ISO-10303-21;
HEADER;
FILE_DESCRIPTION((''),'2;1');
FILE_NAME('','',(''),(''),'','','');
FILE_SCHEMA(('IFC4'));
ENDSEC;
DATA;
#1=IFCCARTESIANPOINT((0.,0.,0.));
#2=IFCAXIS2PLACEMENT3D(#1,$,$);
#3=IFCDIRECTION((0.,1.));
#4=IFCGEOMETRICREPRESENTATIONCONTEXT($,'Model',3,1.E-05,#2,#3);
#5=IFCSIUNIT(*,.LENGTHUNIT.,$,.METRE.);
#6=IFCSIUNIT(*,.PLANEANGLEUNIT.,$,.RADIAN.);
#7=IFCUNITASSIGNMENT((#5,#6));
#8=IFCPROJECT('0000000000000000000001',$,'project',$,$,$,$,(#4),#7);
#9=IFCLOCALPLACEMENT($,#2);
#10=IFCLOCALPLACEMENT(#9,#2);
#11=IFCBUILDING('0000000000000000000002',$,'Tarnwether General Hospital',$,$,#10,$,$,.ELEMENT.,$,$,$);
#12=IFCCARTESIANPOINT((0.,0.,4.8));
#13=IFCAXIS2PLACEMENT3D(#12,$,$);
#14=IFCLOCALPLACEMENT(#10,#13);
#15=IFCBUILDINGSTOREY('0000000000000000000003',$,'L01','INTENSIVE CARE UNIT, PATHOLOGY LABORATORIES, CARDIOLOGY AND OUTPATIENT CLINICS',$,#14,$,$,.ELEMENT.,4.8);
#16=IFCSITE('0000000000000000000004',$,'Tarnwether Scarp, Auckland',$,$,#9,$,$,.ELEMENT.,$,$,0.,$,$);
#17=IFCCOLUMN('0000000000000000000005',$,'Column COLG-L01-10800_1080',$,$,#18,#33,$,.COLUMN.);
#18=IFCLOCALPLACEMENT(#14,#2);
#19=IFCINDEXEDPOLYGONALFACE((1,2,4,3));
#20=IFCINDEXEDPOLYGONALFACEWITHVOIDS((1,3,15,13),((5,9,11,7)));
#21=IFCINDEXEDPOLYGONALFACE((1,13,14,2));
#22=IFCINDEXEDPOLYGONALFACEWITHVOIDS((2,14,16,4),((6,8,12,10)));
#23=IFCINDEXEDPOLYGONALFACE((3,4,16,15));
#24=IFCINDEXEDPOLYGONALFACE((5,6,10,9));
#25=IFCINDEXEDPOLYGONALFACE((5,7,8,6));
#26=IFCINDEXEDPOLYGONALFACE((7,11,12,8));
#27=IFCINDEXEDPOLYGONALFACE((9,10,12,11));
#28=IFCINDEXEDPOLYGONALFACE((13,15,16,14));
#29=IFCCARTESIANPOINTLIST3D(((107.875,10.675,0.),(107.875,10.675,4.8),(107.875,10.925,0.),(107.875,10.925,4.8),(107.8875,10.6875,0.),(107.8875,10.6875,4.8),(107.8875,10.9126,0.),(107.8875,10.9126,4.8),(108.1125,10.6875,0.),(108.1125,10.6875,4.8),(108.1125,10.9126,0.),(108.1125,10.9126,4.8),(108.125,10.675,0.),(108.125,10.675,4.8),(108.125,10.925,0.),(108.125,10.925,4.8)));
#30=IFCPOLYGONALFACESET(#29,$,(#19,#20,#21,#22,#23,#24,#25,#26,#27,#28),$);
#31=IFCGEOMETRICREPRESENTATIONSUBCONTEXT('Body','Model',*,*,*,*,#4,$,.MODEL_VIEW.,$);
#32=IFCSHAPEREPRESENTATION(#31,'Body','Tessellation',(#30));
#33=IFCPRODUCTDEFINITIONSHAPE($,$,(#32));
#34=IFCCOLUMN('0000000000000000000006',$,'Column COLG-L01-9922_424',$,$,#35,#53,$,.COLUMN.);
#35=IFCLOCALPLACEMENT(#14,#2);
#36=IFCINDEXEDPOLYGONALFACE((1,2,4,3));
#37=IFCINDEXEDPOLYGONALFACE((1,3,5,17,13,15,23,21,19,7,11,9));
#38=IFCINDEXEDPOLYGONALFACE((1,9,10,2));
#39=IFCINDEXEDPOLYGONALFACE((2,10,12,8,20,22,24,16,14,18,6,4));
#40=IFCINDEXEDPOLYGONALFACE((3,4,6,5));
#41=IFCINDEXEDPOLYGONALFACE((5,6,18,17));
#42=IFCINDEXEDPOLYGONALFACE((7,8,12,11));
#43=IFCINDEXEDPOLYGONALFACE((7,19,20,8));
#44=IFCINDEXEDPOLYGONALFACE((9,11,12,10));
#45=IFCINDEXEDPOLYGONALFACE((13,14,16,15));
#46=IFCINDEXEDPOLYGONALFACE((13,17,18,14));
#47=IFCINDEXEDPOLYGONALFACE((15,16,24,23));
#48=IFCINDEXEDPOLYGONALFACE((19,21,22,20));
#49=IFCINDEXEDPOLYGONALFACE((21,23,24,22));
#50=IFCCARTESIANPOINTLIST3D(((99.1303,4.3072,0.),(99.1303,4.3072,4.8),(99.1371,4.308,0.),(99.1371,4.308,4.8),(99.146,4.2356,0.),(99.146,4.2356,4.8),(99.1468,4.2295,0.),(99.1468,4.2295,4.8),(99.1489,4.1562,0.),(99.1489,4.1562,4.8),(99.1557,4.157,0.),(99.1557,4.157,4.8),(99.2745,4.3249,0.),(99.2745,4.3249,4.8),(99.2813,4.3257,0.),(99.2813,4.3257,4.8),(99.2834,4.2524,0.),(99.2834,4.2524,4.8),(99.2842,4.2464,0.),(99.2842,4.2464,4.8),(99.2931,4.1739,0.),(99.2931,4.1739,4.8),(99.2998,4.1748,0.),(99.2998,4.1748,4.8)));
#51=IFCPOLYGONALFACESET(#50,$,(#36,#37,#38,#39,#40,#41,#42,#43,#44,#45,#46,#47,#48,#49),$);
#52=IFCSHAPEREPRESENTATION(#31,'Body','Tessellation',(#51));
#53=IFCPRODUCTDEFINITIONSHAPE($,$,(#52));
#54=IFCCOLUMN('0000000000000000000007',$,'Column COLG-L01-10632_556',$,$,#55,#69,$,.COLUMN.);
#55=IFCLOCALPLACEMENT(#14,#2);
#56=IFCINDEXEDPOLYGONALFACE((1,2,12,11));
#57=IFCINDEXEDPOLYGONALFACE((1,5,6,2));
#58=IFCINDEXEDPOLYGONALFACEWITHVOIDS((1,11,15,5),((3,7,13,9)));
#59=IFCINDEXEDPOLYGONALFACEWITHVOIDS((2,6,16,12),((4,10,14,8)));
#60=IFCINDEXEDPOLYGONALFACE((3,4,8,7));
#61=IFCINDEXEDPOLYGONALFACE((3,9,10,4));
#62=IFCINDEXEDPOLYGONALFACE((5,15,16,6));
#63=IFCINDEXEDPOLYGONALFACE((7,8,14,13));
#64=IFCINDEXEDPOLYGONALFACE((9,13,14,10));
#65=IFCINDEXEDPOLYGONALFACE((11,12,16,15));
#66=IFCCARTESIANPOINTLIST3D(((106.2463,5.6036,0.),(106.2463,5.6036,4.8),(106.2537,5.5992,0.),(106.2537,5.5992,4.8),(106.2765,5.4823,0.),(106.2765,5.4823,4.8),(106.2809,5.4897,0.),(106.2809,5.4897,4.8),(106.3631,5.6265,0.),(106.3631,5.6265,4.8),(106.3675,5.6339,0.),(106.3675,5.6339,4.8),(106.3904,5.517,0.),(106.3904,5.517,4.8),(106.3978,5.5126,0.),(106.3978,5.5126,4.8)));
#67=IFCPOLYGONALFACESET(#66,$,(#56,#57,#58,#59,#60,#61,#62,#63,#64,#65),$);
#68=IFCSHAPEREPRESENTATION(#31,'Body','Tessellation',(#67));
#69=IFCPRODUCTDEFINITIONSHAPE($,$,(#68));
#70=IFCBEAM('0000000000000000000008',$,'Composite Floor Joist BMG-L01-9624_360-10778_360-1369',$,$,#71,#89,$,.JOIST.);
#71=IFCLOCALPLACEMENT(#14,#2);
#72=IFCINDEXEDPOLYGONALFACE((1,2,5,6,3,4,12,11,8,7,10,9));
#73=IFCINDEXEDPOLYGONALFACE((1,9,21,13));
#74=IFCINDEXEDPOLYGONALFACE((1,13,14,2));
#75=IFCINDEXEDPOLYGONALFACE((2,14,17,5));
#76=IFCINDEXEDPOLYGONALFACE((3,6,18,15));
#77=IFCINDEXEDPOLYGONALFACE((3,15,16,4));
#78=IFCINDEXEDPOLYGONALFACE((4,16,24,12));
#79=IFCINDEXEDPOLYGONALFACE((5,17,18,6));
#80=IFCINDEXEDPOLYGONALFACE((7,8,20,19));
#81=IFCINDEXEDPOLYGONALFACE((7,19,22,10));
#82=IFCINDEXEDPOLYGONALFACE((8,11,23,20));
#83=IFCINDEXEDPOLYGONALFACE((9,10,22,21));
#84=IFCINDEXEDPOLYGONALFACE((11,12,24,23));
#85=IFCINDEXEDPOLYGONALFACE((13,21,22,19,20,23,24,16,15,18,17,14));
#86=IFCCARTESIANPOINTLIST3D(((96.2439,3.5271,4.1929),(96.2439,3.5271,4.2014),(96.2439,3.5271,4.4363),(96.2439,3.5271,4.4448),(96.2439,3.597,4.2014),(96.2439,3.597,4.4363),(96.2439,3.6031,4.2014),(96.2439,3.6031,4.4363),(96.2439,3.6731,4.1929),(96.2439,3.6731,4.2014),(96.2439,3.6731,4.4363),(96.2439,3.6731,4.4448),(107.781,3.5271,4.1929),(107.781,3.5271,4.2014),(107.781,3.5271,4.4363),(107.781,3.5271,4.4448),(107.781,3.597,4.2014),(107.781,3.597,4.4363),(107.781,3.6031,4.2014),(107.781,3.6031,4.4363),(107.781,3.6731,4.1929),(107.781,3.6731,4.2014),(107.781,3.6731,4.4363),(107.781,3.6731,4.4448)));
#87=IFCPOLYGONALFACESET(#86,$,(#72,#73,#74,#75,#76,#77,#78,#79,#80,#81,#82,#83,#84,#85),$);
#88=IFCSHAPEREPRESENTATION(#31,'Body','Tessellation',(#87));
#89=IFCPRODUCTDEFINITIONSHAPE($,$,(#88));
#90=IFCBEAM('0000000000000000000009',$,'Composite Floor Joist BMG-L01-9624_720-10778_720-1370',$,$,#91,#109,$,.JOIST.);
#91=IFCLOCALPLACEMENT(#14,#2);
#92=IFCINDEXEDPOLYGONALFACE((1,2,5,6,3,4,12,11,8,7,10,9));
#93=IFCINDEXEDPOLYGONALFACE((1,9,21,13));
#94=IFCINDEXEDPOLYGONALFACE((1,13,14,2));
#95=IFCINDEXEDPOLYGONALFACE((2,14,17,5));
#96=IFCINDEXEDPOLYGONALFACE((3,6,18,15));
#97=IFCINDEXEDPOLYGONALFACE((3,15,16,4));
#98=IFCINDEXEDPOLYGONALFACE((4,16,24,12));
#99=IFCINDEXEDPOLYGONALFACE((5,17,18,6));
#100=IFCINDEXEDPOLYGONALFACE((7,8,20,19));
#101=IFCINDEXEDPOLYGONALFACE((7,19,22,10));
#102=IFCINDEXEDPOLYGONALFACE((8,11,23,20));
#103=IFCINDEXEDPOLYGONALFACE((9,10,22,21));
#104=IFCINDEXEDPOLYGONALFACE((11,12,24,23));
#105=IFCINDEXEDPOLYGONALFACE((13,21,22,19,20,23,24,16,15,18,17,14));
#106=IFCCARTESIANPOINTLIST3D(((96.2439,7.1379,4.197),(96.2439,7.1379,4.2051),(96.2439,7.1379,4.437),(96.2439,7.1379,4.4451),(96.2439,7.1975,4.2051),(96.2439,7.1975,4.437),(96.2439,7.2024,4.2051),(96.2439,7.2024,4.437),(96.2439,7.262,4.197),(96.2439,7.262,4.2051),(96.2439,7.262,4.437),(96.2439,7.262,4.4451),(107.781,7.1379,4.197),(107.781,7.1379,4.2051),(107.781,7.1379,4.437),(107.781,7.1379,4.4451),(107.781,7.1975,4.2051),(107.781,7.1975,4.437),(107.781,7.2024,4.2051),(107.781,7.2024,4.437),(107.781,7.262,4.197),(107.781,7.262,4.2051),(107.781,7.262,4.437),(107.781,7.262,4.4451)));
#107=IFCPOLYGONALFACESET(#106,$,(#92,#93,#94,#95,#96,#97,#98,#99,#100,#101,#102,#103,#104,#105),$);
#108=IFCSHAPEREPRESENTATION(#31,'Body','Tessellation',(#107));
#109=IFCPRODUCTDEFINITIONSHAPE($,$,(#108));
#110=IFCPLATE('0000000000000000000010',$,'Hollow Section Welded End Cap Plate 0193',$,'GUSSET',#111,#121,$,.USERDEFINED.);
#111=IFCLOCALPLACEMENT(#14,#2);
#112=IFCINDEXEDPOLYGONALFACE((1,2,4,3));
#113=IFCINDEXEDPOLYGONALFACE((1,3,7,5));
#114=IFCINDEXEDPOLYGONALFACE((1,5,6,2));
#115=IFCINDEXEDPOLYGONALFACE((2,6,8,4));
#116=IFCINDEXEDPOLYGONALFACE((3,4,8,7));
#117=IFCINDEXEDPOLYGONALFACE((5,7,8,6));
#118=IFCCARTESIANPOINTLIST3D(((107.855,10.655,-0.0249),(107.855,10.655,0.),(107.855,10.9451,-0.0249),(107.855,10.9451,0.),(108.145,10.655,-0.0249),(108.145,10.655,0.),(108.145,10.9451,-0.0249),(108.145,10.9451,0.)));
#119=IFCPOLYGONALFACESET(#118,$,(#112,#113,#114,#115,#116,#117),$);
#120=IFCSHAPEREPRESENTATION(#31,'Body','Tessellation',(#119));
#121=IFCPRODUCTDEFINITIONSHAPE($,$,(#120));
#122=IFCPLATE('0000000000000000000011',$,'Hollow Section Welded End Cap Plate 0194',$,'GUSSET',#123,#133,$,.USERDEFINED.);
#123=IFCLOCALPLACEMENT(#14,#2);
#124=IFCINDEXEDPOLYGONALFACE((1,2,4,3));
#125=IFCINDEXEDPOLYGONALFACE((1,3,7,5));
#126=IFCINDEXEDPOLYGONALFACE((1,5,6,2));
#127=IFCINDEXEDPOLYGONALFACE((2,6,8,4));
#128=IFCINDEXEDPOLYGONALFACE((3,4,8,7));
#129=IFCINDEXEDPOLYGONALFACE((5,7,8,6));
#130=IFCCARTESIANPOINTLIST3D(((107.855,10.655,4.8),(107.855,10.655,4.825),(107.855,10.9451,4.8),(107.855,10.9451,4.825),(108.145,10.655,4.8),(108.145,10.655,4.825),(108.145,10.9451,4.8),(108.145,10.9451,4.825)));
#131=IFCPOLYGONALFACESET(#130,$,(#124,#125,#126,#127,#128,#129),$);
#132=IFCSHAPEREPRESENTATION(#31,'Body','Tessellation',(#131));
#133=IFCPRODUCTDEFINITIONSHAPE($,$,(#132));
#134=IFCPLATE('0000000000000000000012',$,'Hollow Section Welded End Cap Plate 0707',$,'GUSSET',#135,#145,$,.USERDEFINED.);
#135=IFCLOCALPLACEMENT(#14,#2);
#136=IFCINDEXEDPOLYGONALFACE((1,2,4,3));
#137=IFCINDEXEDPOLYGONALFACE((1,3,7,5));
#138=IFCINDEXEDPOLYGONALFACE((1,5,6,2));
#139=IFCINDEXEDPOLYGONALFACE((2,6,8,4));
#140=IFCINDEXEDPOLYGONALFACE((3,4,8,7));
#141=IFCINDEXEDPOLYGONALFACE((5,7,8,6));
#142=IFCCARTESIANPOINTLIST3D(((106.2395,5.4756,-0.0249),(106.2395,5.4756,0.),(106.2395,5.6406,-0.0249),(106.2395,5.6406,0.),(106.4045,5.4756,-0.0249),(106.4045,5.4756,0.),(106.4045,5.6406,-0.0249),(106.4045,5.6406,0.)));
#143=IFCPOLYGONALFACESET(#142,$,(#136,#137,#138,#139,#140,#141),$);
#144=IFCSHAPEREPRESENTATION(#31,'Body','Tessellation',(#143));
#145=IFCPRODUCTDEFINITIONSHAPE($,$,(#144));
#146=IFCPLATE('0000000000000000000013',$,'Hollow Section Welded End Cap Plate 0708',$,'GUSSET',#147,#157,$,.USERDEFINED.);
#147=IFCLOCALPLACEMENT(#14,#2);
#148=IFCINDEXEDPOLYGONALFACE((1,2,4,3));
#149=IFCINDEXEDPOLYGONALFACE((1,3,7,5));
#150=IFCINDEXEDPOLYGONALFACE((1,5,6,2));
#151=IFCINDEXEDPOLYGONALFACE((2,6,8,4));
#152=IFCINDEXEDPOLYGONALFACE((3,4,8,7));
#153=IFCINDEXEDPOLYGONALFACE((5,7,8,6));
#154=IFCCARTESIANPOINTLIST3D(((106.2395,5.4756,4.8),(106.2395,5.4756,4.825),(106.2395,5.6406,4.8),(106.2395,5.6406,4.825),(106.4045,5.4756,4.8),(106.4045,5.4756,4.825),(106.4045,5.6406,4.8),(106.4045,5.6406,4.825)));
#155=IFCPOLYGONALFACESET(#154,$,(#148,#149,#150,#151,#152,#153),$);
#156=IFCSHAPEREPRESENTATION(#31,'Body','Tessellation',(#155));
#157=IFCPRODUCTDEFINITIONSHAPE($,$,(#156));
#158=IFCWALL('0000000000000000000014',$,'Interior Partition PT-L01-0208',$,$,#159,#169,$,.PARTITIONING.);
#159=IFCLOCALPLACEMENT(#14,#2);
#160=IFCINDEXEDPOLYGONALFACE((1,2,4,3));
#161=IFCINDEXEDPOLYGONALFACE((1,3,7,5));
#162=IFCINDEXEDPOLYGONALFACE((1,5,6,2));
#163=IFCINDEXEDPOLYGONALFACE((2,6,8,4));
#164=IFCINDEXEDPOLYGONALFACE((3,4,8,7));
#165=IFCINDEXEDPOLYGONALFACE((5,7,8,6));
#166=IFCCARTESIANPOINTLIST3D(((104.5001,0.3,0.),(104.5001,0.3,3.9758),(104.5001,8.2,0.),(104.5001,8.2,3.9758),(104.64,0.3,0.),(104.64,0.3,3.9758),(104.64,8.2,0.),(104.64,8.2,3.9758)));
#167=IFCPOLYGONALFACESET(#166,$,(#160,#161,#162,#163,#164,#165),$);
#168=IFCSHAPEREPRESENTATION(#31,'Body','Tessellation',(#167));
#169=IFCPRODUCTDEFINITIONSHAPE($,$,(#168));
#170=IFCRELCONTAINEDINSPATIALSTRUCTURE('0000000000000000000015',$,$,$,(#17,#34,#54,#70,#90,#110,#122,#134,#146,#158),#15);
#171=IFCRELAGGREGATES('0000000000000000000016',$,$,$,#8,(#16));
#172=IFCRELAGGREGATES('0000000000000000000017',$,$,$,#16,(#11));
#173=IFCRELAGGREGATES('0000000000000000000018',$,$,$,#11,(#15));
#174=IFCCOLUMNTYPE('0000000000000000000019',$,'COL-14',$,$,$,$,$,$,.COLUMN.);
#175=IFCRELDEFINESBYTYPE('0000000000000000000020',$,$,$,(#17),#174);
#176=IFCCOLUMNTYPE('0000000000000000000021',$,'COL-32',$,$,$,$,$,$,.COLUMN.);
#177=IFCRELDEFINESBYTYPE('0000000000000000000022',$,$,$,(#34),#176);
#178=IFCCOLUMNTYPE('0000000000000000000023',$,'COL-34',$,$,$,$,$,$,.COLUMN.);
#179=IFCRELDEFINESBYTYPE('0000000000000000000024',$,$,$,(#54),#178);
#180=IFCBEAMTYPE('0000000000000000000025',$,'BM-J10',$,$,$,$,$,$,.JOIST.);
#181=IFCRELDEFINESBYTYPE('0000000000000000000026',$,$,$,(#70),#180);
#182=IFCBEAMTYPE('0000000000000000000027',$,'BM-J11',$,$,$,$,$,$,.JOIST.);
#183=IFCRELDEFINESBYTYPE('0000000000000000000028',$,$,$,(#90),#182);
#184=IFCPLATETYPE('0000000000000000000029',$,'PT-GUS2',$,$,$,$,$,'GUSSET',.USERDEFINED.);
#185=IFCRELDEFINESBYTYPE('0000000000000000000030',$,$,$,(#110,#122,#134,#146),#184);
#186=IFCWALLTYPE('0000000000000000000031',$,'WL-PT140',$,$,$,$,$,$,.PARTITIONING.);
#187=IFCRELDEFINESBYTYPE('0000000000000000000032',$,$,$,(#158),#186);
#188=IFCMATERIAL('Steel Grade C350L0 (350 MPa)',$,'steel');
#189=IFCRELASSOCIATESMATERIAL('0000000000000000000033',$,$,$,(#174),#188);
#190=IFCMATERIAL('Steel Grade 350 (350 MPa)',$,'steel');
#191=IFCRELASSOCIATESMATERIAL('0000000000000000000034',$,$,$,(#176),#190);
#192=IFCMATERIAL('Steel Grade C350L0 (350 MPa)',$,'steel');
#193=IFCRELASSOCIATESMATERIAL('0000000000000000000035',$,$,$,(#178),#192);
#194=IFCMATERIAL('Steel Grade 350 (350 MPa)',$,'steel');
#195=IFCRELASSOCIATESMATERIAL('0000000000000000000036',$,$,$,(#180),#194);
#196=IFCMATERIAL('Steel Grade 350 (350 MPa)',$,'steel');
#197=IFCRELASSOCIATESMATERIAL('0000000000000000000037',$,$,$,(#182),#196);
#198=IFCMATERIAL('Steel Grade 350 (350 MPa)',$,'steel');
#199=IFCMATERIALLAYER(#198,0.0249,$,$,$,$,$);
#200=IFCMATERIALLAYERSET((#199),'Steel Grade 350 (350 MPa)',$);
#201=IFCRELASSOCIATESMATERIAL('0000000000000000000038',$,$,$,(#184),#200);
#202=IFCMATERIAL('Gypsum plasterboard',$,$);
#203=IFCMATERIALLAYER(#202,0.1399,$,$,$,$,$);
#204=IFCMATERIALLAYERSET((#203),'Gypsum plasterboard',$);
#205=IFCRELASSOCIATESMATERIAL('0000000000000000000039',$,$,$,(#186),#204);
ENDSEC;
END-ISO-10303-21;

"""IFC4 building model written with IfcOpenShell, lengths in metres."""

from ifc_helpers import new_model, si_unit, direction, frame, frame_2d, origin, origin_2d, place, context, subcontext, project, spatial, rectangle, hollow_rectangle, i_section, extrude, material, layer, layer_set, material_profile, profile_set, type_object, element, save


model = new_model("IFC4")

# Units and contexts
model_context = context("Model", 3, precision=1e-05, world=origin(), true_north=direction((0.0, 1.0)))
body_context = subcontext(model_context, "Body", "Model", "MODEL_VIEW")
ifc_project = project(units=[si_unit("LENGTHUNIT", "METRE"), si_unit("PLANEANGLEUNIT", "RADIAN")], contexts=[model_context])

# Site, building, storey
site_placement = place(None, origin())
site = spatial("IfcSite", under=ifc_project, at=site_placement, Name="Tarnwether Scarp, Auckland", CompositionType="ELEMENT", RefElevation=0.0)
building_placement = place(site_placement, origin())
building = spatial("IfcBuilding", under=site, at=building_placement, Name="Tarnwether General Hospital", CompositionType="ELEMENT")
storey_placement = place(building_placement, frame((0.0, 0.0, 4.8)))
storey = spatial("IfcBuildingStorey", under=building, at=storey_placement, Name="L01", Description="INTENSIVE CARE UNIT, PATHOLOGY LABORATORIES, CARDIOLOGY AND OUTPATIENT CLINICS", CompositionType="ELEMENT", Elevation=4.8)

# Columns
ifc_material_1 = material(Name="Steel Grade C350L0 (350 MPa)", Category="steel")
ifc_material_profile_1 = material_profile(ifc_material_1, hollow_rectangle(XDim=0.25, YDim=0.25, WallThickness=0.0125, at=origin_2d()), Name="SHS250x250x12.5")
ifc_profile_set_1 = profile_set([ifc_material_profile_1], Name="Steel Grade C350L0 (350 MPa)")
column_type_1 = type_object("IfcColumnType", Name="COL-14", PredefinedType="COLUMN", material=ifc_profile_set_1)
column_1_placement = place(storey_placement, frame((108.0, 10.8, 0.0), z_axis=(0.0, 0.0, 1.0), x_axis=(0.0, 1.0, 0.0)))
element("IfcColumn", 1, at=column_1_placement, inside=storey, type_object=column_type_1, Name="Column COLG-L01-10800_1080", PredefinedType="COLUMN", context=body_context, shape_type="SweptSolid", body=[
    extrude(hollow_rectangle(XDim=0.25, YDim=0.25, WallThickness=0.0125, at=origin_2d()), origin(), (0.0, 0.0, 1.0), 4.8),
])
ifc_material_2 = material(Name="Steel Grade 350 (350 MPa)", Category="steel")
ifc_material_profile_2 = material_profile(ifc_material_2, i_section(OverallWidth=0.1521, OverallDepth=0.1521, WebThickness=0.0061, FlangeThickness=0.0068, at=origin_2d()), Name="150UC23.4")
ifc_profile_set_2 = profile_set([ifc_material_profile_2], Name="Steel Grade 350 (350 MPa)")
column_type_2 = type_object("IfcColumnType", Name="COL-32", PredefinedType="COLUMN", material=ifc_profile_set_2)
column_2_placement = place(storey_placement, frame((99.2151, 4.241, 0.0), z_axis=(0.0, 0.0, 1.0), x_axis=(-0.121869, 0.992546, 0.0)))
element("IfcColumn", 2, at=column_2_placement, inside=storey, type_object=column_type_2, Name="Column COLG-L01-9922_424", PredefinedType="COLUMN", context=body_context, shape_type="SweptSolid", body=[
    extrude(i_section(OverallWidth=0.1521, OverallDepth=0.1521, WebThickness=0.0061, FlangeThickness=0.0068, at=origin_2d()), origin(), (0.0, 0.0, 1.0), 4.8),
])
ifc_material_3 = material(Name="Steel Grade C350L0 (350 MPa)", Category="steel")
ifc_material_profile_3 = material_profile(ifc_material_3, hollow_rectangle(XDim=0.125, YDim=0.125, WallThickness=0.0061, at=origin_2d()), Name="SHS125x125x6")
ifc_profile_set_3 = profile_set([ifc_material_profile_3], Name="Steel Grade C350L0 (350 MPa)")
column_type_3 = type_object("IfcColumnType", Name="COL-34", PredefinedType="COLUMN", material=ifc_profile_set_3)
column_3_placement = place(storey_placement, frame((106.322, 5.5581, 0.0), z_axis=(0.0, 0.0, 1.0), x_axis=(-0.241922, 0.970296, 0.0)))
element("IfcColumn", 3, at=column_3_placement, inside=storey, type_object=column_type_3, Name="Column COLG-L01-10632_556", PredefinedType="COLUMN", context=body_context, shape_type="SweptSolid", body=[
    extrude(hollow_rectangle(XDim=0.125, YDim=0.125, WallThickness=0.0061, at=origin_2d()), origin(), (0.0, 0.0, 1.0), 4.8),
])

# Beams
ifc_material_4 = material(Name="Steel Grade 350 (350 MPa)", Category="steel")
ifc_material_profile_4 = material_profile(ifc_material_4, i_section(OverallWidth=0.146, OverallDepth=0.252, WebThickness=0.0061, FlangeThickness=0.0085, at=origin_2d()), Name="250UB31.4")
ifc_profile_set_4 = profile_set([ifc_material_profile_4], Name="Steel Grade 350 (350 MPa)")
beam_type_1 = type_object("IfcBeamType", Name="BM-J10", PredefinedType="JOIST", material=ifc_profile_set_4)
beam_1_placement = place(storey_placement, frame((96.2439, 3.6001, 4.3188), z_axis=(1.0, 0.0, 0.0), x_axis=(0.0, 1.0, 0.0)))
element("IfcBeam", 4, at=beam_1_placement, inside=storey, type_object=beam_type_1, Name="Composite Floor Joist BMG-L01-9624_360-10778_360-1369", PredefinedType="JOIST", context=body_context, shape_type="SweptSolid", body=[
    extrude(i_section(OverallWidth=0.146, OverallDepth=0.252, WebThickness=0.0061, FlangeThickness=0.0085, at=origin_2d()), origin(), (0.0, 0.0, 1.0), 11.5371),
])
ifc_material_5 = material(Name="Steel Grade 350 (350 MPa)", Category="steel")
ifc_material_profile_5 = material_profile(ifc_material_5, i_section(OverallWidth=0.124, OverallDepth=0.248, WebThickness=0.0049, FlangeThickness=0.0081, at=origin_2d()), Name="250UB25.7")
ifc_profile_set_5 = profile_set([ifc_material_profile_5], Name="Steel Grade 350 (350 MPa)")
beam_type_2 = type_object("IfcBeamType", Name="BM-J11", PredefinedType="JOIST", material=ifc_profile_set_5)
beam_2_placement = place(storey_placement, frame((96.2439, 7.2, 4.321), z_axis=(1.0, 0.0, 0.0), x_axis=(0.0, 1.0, 0.0)))
element("IfcBeam", 5, at=beam_2_placement, inside=storey, type_object=beam_type_2, Name="Composite Floor Joist BMG-L01-9624_720-10778_720-1370", PredefinedType="JOIST", context=body_context, shape_type="SweptSolid", body=[
    extrude(i_section(OverallWidth=0.124, OverallDepth=0.248, WebThickness=0.0049, FlangeThickness=0.0081, at=origin_2d()), origin(), (0.0, 0.0, 1.0), 11.5371),
])

# Plates
ifc_material_6 = material(Name="Steel Grade 350 (350 MPa)", Category="steel")
ifc_layer_1 = layer(ifc_material_6, 0.0249)
ifc_layer_set_1 = layer_set([ifc_layer_1], Name="Steel Grade 350 (350 MPa)")
plate_type = type_object("IfcPlateType", Name="PT-GUS2", ElementType="GUSSET", PredefinedType="USERDEFINED", material=ifc_layer_set_1)
for number, where, z_axis, x_axis, name in (
    (6, (108.0, 10.8, -0.0249), (0.0, 0.0, 1.0), (1.0, 0.0, 0.0), "Hollow Section Welded End Cap Plate 0193"),
    (7, (108.0, 10.8, 4.8), (0.0, 0.0, 1.0), (1.0, 0.0, 0.0), "Hollow Section Welded End Cap Plate 0194"),
):
    element("IfcPlate", number, at=place(storey_placement, frame(where, z_axis=z_axis, x_axis=x_axis)), inside=storey, type_object=plate_type, Name=name, ObjectType="GUSSET", PredefinedType="USERDEFINED", context=body_context, shape_type="SweptSolid", body=[
        extrude(rectangle(XDim=0.29, YDim=0.29, at=origin_2d()), origin(), (0.0, 0.0, 1.0), 0.0249),
    ])
for number, where, z_axis, x_axis, name in (
    (8, (106.322, 5.5581, -0.0249), (0.0, 0.0, 1.0), (1.0, 0.0, 0.0), "Hollow Section Welded End Cap Plate 0707"),
    (9, (106.322, 5.5581, 4.8), (0.0, 0.0, 1.0), (1.0, 0.0, 0.0), "Hollow Section Welded End Cap Plate 0708"),
):
    element("IfcPlate", number, at=place(storey_placement, frame(where, z_axis=z_axis, x_axis=x_axis)), inside=storey, type_object=plate_type, Name=name, ObjectType="GUSSET", PredefinedType="USERDEFINED", context=body_context, shape_type="SweptSolid", body=[
        extrude(rectangle(XDim=0.165, YDim=0.165, at=origin_2d()), origin(), (0.0, 0.0, 1.0), 0.0249),
    ])

# Wall
ifc_material_7 = material(Name="Gypsum plasterboard")
ifc_layer_2 = layer(ifc_material_7, 0.1399)
ifc_layer_set_2 = layer_set([ifc_layer_2], Name="Gypsum plasterboard")
wall_type_1 = type_object("IfcWallType", Name="WL-PT140", PredefinedType="PARTITIONING", material=ifc_layer_set_2)
wall_1_placement = place(storey_placement, frame((104.5701, 0.3, 0.0), z_axis=(0.0, 0.0, 1.0), x_axis=(0.0, 1.0, 0.0)))
element("IfcWall", 10, at=wall_1_placement, inside=storey, type_object=wall_type_1, Name="Interior Partition PT-L01-0208", PredefinedType="PARTITIONING", context=body_context, shape_type="SweptSolid", body=[
    extrude(rectangle(XDim=7.8999, YDim=0.1399, at=frame_2d((3.95, 0.0))), origin(), (0.0, 0.0, 1.0), 3.9758),
])

save(model, "model.ifc")
